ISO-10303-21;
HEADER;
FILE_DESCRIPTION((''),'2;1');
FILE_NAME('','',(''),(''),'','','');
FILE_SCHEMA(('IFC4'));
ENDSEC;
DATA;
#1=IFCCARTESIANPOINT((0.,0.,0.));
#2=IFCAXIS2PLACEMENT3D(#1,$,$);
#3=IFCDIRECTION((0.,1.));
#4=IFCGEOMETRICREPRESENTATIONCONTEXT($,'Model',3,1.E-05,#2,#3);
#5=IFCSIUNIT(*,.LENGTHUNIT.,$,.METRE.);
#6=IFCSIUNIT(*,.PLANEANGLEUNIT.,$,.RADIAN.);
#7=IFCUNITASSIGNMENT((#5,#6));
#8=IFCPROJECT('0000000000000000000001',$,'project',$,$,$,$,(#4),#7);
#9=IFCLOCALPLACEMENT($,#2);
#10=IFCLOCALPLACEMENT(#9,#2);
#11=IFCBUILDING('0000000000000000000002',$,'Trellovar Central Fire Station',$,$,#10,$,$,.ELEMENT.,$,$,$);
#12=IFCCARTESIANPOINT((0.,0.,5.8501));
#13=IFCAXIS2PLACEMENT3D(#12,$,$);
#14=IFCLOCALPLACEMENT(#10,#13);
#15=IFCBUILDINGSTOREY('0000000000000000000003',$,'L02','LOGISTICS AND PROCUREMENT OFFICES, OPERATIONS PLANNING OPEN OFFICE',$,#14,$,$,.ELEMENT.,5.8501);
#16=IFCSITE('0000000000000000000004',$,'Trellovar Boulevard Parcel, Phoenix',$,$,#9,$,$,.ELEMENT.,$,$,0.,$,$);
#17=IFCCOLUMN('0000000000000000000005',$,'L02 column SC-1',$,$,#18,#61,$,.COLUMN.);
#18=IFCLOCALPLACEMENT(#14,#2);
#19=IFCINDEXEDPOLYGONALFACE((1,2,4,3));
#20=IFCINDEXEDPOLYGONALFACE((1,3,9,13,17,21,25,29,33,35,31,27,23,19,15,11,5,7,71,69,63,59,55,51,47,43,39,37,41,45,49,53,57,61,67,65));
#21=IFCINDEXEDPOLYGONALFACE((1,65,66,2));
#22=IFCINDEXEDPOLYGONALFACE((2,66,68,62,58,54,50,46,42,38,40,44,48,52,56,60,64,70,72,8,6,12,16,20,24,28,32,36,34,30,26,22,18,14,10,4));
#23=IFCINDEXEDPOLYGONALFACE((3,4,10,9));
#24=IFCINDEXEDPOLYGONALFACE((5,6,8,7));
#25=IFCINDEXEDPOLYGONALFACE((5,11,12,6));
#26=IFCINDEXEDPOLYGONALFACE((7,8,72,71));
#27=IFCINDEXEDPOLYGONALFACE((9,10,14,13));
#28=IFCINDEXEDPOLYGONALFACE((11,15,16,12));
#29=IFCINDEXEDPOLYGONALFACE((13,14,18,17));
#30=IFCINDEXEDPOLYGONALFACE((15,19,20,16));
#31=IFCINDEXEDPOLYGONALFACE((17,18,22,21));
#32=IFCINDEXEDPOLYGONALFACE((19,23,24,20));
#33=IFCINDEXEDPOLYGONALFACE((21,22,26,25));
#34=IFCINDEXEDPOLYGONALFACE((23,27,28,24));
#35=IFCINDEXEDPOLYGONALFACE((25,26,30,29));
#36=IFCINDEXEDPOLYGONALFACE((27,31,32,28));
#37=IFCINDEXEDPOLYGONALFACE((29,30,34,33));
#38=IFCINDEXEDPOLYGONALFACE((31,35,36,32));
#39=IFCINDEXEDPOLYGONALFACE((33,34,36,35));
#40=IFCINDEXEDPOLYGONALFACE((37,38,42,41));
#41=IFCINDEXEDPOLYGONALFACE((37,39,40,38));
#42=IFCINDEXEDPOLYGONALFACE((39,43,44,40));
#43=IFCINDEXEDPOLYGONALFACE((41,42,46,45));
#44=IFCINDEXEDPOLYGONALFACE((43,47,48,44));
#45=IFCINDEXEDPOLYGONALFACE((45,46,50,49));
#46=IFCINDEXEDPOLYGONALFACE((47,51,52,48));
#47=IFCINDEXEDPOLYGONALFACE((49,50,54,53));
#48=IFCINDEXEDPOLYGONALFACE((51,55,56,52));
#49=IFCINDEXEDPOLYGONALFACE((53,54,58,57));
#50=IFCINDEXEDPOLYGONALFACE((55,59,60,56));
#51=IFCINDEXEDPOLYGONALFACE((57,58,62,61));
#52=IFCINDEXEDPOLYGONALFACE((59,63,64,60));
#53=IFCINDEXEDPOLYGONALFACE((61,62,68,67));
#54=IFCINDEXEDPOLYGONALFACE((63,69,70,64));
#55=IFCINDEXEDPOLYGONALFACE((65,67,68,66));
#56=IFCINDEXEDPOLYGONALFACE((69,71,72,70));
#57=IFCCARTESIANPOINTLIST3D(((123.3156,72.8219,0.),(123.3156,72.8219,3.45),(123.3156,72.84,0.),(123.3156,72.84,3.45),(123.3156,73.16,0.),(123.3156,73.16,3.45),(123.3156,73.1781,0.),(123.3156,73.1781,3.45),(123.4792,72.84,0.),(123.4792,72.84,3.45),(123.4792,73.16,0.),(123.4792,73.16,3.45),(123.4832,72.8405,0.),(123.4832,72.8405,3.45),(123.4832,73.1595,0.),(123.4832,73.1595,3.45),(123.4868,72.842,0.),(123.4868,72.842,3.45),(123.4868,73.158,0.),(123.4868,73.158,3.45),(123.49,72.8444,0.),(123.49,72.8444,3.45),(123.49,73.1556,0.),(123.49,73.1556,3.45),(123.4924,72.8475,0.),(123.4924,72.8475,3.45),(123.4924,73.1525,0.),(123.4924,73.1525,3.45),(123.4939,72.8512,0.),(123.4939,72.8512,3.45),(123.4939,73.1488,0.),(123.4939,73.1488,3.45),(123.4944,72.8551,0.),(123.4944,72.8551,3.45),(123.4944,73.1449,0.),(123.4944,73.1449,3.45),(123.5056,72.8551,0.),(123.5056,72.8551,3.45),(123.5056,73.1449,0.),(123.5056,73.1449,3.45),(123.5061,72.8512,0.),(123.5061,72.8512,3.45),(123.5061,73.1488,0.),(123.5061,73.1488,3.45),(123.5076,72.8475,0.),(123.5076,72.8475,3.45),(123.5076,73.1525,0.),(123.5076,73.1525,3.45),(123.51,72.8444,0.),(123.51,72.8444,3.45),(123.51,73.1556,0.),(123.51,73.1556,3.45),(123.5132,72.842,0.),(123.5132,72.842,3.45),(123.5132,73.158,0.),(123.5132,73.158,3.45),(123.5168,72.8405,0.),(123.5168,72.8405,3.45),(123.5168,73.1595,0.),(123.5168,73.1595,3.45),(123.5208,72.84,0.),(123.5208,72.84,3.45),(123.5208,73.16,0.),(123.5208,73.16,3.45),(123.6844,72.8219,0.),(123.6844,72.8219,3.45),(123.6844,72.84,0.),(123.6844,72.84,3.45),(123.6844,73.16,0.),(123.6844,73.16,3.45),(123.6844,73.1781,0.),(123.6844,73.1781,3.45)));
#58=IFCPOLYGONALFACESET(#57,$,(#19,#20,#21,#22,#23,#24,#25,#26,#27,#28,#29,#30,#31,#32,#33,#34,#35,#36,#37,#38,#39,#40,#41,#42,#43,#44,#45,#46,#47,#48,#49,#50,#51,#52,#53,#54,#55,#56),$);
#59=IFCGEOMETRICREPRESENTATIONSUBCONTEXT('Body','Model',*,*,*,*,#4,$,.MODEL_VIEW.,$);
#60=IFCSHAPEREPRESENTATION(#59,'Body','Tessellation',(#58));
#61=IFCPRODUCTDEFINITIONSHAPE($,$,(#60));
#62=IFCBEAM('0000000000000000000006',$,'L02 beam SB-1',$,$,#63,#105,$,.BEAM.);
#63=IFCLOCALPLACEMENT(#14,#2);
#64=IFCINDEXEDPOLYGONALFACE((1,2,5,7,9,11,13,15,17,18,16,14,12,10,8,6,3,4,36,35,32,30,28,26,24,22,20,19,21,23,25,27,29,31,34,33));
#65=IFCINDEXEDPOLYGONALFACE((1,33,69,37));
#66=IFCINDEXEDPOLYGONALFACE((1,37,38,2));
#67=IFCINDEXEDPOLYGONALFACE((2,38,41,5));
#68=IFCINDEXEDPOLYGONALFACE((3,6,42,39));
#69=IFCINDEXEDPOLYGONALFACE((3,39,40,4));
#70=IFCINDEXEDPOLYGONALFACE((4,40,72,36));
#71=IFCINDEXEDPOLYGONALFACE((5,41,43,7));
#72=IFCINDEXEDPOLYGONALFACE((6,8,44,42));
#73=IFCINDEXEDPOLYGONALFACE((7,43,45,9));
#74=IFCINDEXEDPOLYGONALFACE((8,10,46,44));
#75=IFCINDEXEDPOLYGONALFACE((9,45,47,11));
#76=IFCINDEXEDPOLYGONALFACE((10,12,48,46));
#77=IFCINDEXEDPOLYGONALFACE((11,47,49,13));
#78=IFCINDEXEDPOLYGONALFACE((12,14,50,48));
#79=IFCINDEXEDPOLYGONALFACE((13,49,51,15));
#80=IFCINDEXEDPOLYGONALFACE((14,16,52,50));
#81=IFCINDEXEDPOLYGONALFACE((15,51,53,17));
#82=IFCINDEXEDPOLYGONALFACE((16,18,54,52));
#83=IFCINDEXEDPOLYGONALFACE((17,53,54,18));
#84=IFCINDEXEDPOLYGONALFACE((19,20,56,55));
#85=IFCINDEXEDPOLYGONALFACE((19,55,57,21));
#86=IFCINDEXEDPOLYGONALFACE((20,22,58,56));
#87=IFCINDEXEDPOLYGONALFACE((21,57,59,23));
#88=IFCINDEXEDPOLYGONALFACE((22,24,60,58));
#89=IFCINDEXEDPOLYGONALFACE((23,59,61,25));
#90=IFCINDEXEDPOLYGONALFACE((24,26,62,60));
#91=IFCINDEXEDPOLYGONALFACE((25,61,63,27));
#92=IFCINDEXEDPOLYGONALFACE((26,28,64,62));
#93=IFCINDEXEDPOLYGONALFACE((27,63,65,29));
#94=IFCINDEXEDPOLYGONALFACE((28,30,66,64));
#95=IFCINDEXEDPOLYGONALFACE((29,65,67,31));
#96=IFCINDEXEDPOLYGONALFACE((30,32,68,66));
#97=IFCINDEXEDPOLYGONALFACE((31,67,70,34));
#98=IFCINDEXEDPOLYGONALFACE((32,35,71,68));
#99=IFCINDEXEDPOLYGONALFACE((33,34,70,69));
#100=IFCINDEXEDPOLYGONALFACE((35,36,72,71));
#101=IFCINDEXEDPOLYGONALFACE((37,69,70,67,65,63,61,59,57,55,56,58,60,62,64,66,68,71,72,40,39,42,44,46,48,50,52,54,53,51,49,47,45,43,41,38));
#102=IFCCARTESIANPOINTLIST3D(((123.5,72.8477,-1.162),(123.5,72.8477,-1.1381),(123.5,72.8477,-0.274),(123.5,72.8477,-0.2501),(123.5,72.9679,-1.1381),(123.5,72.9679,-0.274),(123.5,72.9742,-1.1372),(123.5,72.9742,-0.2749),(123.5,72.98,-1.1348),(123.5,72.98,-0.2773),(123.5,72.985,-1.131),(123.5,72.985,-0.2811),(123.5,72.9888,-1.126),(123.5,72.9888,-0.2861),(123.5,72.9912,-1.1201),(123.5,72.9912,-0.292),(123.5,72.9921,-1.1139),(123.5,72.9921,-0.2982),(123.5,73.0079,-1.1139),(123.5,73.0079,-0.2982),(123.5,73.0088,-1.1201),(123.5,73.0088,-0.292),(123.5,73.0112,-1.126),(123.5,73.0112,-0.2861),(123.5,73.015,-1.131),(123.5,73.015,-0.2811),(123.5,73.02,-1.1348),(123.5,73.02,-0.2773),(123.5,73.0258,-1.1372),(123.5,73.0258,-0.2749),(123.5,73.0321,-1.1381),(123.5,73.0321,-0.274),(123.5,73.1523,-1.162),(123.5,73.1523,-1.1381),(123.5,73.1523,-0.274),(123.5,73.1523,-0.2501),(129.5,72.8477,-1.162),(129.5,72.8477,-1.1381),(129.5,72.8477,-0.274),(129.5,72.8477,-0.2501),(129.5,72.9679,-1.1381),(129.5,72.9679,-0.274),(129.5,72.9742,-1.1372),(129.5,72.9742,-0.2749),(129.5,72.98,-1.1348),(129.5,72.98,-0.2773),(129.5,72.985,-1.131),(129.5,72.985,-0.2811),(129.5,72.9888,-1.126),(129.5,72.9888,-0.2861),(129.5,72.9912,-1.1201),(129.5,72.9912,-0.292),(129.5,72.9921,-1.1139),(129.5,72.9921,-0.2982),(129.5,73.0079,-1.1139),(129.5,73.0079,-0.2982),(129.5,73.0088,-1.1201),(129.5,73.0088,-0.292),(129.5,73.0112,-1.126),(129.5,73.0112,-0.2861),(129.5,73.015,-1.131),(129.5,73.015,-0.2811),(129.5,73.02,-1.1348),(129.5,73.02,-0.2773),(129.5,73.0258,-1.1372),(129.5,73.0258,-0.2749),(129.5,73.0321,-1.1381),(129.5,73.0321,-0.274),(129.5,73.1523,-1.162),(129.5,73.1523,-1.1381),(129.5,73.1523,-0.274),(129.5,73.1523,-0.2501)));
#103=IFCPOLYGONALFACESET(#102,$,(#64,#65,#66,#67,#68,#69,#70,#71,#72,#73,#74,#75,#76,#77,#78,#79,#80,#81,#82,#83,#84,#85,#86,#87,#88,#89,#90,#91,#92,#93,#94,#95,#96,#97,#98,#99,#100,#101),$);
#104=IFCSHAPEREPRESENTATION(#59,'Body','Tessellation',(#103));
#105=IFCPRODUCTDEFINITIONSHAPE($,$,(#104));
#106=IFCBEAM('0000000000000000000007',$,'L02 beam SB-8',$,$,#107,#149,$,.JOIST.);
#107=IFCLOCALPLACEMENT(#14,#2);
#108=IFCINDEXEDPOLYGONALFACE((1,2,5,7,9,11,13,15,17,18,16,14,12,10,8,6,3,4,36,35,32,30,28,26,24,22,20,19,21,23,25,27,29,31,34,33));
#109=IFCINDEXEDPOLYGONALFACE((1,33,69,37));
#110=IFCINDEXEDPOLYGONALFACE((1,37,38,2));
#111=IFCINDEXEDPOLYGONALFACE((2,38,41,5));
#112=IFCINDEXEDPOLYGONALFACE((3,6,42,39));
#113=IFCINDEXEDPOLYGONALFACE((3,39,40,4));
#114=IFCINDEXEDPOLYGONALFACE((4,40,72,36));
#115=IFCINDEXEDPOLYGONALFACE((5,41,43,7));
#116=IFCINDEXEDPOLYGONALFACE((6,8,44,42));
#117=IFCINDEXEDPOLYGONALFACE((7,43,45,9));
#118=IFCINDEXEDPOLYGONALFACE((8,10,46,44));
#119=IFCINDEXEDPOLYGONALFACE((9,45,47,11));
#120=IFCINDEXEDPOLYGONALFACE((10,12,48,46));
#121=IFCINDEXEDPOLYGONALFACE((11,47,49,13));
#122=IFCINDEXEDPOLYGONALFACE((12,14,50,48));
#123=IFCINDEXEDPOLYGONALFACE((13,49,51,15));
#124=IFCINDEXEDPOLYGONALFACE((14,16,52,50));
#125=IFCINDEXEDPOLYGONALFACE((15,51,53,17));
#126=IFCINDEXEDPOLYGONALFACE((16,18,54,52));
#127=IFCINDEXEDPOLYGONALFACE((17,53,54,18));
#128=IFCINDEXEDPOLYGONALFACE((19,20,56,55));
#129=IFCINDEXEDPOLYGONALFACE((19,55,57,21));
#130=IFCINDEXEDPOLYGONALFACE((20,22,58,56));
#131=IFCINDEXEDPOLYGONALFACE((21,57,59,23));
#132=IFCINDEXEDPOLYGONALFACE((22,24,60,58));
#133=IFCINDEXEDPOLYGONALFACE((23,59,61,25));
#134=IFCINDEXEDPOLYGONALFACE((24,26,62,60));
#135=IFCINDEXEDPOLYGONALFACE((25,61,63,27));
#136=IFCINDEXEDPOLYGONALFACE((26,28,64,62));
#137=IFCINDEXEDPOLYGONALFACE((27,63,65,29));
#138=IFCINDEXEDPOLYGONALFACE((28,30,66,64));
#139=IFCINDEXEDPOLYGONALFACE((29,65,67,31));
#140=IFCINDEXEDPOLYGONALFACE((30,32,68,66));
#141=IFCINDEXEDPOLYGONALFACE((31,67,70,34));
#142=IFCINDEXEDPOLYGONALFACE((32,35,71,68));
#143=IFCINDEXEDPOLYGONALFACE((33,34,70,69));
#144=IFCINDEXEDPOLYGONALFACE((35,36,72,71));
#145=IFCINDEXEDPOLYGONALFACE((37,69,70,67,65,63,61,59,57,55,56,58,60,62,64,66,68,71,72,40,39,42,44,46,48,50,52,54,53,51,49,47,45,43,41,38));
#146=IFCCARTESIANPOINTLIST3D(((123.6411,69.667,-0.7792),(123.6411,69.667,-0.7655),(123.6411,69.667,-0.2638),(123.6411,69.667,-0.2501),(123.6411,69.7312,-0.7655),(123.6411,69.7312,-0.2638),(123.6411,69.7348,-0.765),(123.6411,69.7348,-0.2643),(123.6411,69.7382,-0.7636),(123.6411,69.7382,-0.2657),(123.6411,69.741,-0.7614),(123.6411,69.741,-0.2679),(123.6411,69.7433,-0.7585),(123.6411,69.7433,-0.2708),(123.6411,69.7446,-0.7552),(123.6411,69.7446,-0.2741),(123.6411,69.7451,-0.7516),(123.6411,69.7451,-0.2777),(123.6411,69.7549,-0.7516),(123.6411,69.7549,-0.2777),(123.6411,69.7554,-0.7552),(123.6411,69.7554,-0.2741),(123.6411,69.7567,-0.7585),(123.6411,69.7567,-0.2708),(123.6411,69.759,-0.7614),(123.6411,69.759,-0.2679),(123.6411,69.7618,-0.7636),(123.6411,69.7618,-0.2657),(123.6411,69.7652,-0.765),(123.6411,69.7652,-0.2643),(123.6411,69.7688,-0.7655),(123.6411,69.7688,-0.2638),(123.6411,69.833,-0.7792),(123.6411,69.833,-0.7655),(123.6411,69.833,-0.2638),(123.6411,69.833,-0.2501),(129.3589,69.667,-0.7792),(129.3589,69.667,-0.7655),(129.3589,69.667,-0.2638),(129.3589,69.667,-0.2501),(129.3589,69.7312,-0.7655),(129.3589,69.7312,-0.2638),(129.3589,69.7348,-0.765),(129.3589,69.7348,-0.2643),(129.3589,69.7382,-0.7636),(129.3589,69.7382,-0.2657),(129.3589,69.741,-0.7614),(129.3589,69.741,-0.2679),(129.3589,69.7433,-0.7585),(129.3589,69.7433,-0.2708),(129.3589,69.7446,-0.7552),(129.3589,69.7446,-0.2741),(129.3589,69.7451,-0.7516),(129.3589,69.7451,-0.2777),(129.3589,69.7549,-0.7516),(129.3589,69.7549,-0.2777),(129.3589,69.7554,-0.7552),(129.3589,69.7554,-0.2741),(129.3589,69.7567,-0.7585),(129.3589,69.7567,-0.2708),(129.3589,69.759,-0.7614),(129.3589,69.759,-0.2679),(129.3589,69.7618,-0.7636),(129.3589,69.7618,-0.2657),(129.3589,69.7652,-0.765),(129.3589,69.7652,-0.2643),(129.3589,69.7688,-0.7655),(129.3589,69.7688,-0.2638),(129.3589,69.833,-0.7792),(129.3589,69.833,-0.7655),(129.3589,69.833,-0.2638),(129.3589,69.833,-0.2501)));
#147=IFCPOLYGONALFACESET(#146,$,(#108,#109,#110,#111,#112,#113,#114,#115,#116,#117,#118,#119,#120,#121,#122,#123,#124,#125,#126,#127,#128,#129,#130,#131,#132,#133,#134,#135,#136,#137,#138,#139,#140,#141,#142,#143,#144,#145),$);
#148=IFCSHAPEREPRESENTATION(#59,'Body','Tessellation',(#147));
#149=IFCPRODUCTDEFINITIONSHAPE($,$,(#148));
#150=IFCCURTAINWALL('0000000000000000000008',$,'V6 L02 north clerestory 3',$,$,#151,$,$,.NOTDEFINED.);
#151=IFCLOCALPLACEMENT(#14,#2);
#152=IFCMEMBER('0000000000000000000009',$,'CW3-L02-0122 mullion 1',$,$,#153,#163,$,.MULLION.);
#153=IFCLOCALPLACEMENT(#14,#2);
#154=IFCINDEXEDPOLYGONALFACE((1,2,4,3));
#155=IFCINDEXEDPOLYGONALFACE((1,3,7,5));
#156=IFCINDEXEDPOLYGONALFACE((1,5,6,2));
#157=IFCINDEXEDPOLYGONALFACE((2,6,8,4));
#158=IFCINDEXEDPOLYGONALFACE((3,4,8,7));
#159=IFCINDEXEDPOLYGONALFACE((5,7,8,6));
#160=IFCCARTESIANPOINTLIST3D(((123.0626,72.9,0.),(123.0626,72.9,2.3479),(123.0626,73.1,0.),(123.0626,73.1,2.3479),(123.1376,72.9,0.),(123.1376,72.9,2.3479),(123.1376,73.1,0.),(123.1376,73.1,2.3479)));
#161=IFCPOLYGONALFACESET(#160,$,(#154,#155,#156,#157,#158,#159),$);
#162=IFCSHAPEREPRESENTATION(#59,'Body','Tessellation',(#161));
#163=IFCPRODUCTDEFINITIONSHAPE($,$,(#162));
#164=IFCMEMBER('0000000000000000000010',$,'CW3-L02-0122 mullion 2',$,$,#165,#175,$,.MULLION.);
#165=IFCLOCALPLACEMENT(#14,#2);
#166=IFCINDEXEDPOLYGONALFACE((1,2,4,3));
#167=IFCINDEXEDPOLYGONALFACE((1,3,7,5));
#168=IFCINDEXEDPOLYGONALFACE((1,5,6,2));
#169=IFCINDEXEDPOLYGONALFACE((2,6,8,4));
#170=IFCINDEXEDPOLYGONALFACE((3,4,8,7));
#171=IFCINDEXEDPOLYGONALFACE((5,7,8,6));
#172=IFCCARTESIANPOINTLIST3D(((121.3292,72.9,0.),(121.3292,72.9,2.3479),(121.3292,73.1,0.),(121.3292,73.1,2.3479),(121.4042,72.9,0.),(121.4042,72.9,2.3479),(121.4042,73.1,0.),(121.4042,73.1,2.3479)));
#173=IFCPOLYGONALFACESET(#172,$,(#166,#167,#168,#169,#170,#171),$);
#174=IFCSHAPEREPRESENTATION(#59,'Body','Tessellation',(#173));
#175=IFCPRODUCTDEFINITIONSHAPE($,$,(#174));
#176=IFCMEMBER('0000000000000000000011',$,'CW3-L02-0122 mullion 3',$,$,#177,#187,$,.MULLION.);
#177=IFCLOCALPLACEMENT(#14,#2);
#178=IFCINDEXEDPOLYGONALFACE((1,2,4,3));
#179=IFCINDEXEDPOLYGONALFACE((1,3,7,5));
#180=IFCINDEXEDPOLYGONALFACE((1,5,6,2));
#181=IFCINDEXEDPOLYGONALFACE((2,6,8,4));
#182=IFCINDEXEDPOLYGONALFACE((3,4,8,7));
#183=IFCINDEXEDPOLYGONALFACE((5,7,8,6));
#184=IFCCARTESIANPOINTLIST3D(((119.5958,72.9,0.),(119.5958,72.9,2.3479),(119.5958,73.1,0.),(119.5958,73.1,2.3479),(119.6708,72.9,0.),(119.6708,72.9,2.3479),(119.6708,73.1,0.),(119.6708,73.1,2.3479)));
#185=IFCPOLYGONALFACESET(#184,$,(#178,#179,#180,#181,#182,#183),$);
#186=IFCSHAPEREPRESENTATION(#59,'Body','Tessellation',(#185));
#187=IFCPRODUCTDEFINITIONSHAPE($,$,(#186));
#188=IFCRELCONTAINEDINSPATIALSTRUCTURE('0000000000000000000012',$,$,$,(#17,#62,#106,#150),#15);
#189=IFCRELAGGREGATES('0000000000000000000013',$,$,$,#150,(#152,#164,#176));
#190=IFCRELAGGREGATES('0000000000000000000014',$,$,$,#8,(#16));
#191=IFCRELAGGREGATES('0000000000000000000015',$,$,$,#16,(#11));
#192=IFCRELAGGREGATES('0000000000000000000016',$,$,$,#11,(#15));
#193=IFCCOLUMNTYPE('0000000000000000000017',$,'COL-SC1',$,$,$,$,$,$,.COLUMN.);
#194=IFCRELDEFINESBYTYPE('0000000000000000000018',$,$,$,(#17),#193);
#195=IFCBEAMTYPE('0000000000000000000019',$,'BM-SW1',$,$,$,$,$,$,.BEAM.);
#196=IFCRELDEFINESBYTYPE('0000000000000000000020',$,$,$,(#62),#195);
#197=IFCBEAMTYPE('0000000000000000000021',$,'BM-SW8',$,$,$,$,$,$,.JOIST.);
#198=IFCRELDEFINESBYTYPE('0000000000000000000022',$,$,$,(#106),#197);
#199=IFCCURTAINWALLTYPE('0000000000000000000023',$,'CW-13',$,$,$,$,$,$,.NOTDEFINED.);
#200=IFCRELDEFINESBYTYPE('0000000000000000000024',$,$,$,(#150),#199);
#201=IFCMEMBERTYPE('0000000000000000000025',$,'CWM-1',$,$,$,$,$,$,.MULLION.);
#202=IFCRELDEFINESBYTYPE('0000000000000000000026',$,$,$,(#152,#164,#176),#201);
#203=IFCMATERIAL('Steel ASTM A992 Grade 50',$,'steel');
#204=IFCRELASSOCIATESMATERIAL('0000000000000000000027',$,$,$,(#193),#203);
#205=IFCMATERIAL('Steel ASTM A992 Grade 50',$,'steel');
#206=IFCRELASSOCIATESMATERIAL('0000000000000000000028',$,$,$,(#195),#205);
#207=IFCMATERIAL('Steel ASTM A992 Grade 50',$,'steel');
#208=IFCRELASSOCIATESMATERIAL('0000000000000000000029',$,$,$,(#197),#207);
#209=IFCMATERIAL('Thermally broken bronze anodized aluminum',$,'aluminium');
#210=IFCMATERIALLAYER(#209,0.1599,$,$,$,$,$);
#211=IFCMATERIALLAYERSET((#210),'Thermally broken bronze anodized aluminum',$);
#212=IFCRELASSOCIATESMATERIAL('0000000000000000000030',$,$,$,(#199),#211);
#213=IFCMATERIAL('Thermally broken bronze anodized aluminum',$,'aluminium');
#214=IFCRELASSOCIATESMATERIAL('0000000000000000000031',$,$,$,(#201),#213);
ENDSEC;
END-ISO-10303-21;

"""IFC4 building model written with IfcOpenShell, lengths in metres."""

from ifc_helpers import new_model, si_unit, direction, frame, origin, origin_2d, place, context, subcontext, project, spatial, rectangle, i_section, extrude, material, layer, layer_set, material_profile, profile_set, type_object, element, aggregate, save


model = new_model("IFC4")

# Units and contexts
model_context = context("Model", 3, precision=1e-05, world=origin(), true_north=direction((0.0, 1.0)))
body_context = subcontext(model_context, "Body", "Model", "MODEL_VIEW")
ifc_project = project(units=[si_unit("LENGTHUNIT", "METRE"), si_unit("PLANEANGLEUNIT", "RADIAN")], contexts=[model_context])

# Site, building, storey
site_placement = place(None, origin())
site = spatial("IfcSite", under=ifc_project, at=site_placement, Name="Trellovar Boulevard Parcel, Phoenix", CompositionType="ELEMENT", RefElevation=0.0)
building_placement = place(site_placement, origin())
building = spatial("IfcBuilding", under=site, at=building_placement, Name="Trellovar Central Fire Station", CompositionType="ELEMENT")
storey_placement = place(building_placement, frame((0.0, 0.0, 5.8501)))
storey = spatial("IfcBuildingStorey", under=building, at=storey_placement, Name="L02", Description="LOGISTICS AND PROCUREMENT OFFICES, OPERATIONS PLANNING OPEN OFFICE", CompositionType="ELEMENT", Elevation=5.8501)

# Column
ifc_material_1 = material(Name="Steel ASTM A992 Grade 50", Category="steel")
ifc_material_profile_1 = material_profile(ifc_material_1, i_section(OverallWidth=0.3689, OverallDepth=0.3562, WebThickness=0.0112, FlangeThickness=0.0181, FilletRadius=0.0151, at=origin_2d()), Name="W14X90")
ifc_profile_set_1 = profile_set([ifc_material_profile_1], Name="Steel ASTM A992 Grade 50")
column_type = type_object("IfcColumnType", Name="COL-SC1", PredefinedType="COLUMN", material=ifc_profile_set_1)
column_placement = place(storey_placement, frame((123.5, 73.0, 0.0), z_axis=(0.0, 0.0, 1.0), x_axis=(1.0, 0.0, 0.0)))
element("IfcColumn", 1, at=column_placement, inside=storey, type_object=column_type, Name="L02 column SC-1", PredefinedType="COLUMN", context=body_context, shape_type="SweptSolid", body=[
    extrude(i_section(OverallWidth=0.3689, OverallDepth=0.3562, WebThickness=0.0112, FlangeThickness=0.0181, FilletRadius=0.0151, at=origin_2d()), origin(), (0.0, 0.0, 1.0), 3.45),
])

# Beams
ifc_material_2 = material(Name="Steel ASTM A992 Grade 50", Category="steel")
ifc_material_profile_2 = material_profile(ifc_material_2, i_section(OverallWidth=0.3047, OverallDepth=0.9119, WebThickness=0.0159, FlangeThickness=0.0239, FilletRadius=0.0242, at=origin_2d()), Name="W36X150")
ifc_profile_set_2 = profile_set([ifc_material_profile_2], Name="Steel ASTM A992 Grade 50")
beam_type_1 = type_object("IfcBeamType", Name="BM-SW1", PredefinedType="BEAM", material=ifc_profile_set_2)
beam_1_placement = place(storey_placement, frame((123.5, 73.0, -0.7061), z_axis=(1.0, 0.0, 0.0), x_axis=(0.0, 1.0, 0.0)))
element("IfcBeam", 2, at=beam_1_placement, inside=storey, type_object=beam_type_1, Name="L02 beam SB-1", PredefinedType="BEAM", context=body_context, shape_type="SweptSolid", body=[
    extrude(i_section(OverallWidth=0.3047, OverallDepth=0.9119, WebThickness=0.0159, FlangeThickness=0.0239, FilletRadius=0.0242, at=origin_2d()), origin(), (0.0, 0.0, 1.0), 6.0),
])
ifc_material_3 = material(Name="Steel ASTM A992 Grade 50", Category="steel")
ifc_material_profile_3 = material_profile(ifc_material_3, i_section(OverallWidth=0.166, OverallDepth=0.5291, WebThickness=0.0098, FlangeThickness=0.0137, FilletRadius=0.0139, at=origin_2d()), Name="W21X50")
ifc_profile_set_3 = profile_set([ifc_material_profile_3], Name="Steel ASTM A992 Grade 50")
beam_type_2 = type_object("IfcBeamType", Name="BM-SW8", PredefinedType="JOIST", material=ifc_profile_set_3)
beam_2_placement = place(storey_placement, frame((123.6411, 69.75, -0.5146), z_axis=(1.0, 0.0, 0.0), x_axis=(0.0, 1.0, 0.0)))
element("IfcBeam", 3, at=beam_2_placement, inside=storey, type_object=beam_type_2, Name="L02 beam SB-8", PredefinedType="JOIST", context=body_context, shape_type="SweptSolid", body=[
    extrude(i_section(OverallWidth=0.166, OverallDepth=0.5291, WebThickness=0.0098, FlangeThickness=0.0137, FilletRadius=0.0139, at=origin_2d()), origin(), (0.0, 0.0, 1.0), 5.7178),
])

# Curtain wall, members
ifc_material_4 = material(Name="Thermally broken bronze anodized aluminum", Category="aluminium")
ifc_layer_1 = layer(ifc_material_4, 0.1599)
ifc_layer_set_1 = layer_set([ifc_layer_1], Name="Thermally broken bronze anodized aluminum")
curtain_wall_type = type_object("IfcCurtainWallType", Name="CW-13", PredefinedType="NOTDEFINED", material=ifc_layer_set_1)
curtain_wall_placement = place(storey_placement, origin())
curtain_wall = element("IfcCurtainWall", 4, at=curtain_wall_placement, inside=storey, type_object=curtain_wall_type, Name="V6 L02 north clerestory 3", PredefinedType="NOTDEFINED")
ifc_material_5 = material(Name="Thermally broken bronze anodized aluminum", Category="aluminium")
ifc_material_profile_4 = material_profile(ifc_material_5, rectangle(XDim=0.075, YDim=0.2, at=origin_2d()), Name="ALU75X200")
ifc_profile_set_4 = profile_set([ifc_material_profile_4], Name="Thermally broken bronze anodized aluminum")
member_type_1 = type_object("IfcMemberType", Name="CWM-1", PredefinedType="MULLION", material=ifc_profile_set_4)
member_1_placement = place(storey_placement, frame((123.1001, 73.0, 0.0), z_axis=(0.0, 0.0, 1.0), x_axis=(1.0, 0.0, 0.0)))
member_1 = element("IfcMember", 5, at=member_1_placement, type_object=member_type_1, Name="CW3-L02-0122 mullion 1", PredefinedType="MULLION", context=body_context, shape_type="SweptSolid", body=[
    extrude(rectangle(XDim=0.075, YDim=0.2, at=origin_2d()), origin(), (0.0, 0.0, 1.0), 2.3479),
])
member_2_placement = place(storey_placement, frame((121.3667, 73.0, 0.0), z_axis=(0.0, 0.0, 1.0), x_axis=(1.0, 0.0, 0.0)))
member_2 = element("IfcMember", 6, at=member_2_placement, type_object=member_type_1, Name="CW3-L02-0122 mullion 2", PredefinedType="MULLION", context=body_context, shape_type="SweptSolid", body=[
    extrude(rectangle(XDim=0.075, YDim=0.2, at=origin_2d()), origin(), (0.0, 0.0, 1.0), 2.3479),
])
member_3_placement = place(storey_placement, frame((119.6333, 73.0, 0.0), z_axis=(0.0, 0.0, 1.0), x_axis=(1.0, 0.0, 0.0)))
member_3 = element("IfcMember", 7, at=member_3_placement, type_object=member_type_1, Name="CW3-L02-0122 mullion 3", PredefinedType="MULLION", context=body_context, shape_type="SweptSolid", body=[
    extrude(rectangle(XDim=0.075, YDim=0.2, at=origin_2d()), origin(), (0.0, 0.0, 1.0), 2.3479),
])
aggregate(curtain_wall, [member_1, member_2, member_3])

save(model, "model.ifc")
